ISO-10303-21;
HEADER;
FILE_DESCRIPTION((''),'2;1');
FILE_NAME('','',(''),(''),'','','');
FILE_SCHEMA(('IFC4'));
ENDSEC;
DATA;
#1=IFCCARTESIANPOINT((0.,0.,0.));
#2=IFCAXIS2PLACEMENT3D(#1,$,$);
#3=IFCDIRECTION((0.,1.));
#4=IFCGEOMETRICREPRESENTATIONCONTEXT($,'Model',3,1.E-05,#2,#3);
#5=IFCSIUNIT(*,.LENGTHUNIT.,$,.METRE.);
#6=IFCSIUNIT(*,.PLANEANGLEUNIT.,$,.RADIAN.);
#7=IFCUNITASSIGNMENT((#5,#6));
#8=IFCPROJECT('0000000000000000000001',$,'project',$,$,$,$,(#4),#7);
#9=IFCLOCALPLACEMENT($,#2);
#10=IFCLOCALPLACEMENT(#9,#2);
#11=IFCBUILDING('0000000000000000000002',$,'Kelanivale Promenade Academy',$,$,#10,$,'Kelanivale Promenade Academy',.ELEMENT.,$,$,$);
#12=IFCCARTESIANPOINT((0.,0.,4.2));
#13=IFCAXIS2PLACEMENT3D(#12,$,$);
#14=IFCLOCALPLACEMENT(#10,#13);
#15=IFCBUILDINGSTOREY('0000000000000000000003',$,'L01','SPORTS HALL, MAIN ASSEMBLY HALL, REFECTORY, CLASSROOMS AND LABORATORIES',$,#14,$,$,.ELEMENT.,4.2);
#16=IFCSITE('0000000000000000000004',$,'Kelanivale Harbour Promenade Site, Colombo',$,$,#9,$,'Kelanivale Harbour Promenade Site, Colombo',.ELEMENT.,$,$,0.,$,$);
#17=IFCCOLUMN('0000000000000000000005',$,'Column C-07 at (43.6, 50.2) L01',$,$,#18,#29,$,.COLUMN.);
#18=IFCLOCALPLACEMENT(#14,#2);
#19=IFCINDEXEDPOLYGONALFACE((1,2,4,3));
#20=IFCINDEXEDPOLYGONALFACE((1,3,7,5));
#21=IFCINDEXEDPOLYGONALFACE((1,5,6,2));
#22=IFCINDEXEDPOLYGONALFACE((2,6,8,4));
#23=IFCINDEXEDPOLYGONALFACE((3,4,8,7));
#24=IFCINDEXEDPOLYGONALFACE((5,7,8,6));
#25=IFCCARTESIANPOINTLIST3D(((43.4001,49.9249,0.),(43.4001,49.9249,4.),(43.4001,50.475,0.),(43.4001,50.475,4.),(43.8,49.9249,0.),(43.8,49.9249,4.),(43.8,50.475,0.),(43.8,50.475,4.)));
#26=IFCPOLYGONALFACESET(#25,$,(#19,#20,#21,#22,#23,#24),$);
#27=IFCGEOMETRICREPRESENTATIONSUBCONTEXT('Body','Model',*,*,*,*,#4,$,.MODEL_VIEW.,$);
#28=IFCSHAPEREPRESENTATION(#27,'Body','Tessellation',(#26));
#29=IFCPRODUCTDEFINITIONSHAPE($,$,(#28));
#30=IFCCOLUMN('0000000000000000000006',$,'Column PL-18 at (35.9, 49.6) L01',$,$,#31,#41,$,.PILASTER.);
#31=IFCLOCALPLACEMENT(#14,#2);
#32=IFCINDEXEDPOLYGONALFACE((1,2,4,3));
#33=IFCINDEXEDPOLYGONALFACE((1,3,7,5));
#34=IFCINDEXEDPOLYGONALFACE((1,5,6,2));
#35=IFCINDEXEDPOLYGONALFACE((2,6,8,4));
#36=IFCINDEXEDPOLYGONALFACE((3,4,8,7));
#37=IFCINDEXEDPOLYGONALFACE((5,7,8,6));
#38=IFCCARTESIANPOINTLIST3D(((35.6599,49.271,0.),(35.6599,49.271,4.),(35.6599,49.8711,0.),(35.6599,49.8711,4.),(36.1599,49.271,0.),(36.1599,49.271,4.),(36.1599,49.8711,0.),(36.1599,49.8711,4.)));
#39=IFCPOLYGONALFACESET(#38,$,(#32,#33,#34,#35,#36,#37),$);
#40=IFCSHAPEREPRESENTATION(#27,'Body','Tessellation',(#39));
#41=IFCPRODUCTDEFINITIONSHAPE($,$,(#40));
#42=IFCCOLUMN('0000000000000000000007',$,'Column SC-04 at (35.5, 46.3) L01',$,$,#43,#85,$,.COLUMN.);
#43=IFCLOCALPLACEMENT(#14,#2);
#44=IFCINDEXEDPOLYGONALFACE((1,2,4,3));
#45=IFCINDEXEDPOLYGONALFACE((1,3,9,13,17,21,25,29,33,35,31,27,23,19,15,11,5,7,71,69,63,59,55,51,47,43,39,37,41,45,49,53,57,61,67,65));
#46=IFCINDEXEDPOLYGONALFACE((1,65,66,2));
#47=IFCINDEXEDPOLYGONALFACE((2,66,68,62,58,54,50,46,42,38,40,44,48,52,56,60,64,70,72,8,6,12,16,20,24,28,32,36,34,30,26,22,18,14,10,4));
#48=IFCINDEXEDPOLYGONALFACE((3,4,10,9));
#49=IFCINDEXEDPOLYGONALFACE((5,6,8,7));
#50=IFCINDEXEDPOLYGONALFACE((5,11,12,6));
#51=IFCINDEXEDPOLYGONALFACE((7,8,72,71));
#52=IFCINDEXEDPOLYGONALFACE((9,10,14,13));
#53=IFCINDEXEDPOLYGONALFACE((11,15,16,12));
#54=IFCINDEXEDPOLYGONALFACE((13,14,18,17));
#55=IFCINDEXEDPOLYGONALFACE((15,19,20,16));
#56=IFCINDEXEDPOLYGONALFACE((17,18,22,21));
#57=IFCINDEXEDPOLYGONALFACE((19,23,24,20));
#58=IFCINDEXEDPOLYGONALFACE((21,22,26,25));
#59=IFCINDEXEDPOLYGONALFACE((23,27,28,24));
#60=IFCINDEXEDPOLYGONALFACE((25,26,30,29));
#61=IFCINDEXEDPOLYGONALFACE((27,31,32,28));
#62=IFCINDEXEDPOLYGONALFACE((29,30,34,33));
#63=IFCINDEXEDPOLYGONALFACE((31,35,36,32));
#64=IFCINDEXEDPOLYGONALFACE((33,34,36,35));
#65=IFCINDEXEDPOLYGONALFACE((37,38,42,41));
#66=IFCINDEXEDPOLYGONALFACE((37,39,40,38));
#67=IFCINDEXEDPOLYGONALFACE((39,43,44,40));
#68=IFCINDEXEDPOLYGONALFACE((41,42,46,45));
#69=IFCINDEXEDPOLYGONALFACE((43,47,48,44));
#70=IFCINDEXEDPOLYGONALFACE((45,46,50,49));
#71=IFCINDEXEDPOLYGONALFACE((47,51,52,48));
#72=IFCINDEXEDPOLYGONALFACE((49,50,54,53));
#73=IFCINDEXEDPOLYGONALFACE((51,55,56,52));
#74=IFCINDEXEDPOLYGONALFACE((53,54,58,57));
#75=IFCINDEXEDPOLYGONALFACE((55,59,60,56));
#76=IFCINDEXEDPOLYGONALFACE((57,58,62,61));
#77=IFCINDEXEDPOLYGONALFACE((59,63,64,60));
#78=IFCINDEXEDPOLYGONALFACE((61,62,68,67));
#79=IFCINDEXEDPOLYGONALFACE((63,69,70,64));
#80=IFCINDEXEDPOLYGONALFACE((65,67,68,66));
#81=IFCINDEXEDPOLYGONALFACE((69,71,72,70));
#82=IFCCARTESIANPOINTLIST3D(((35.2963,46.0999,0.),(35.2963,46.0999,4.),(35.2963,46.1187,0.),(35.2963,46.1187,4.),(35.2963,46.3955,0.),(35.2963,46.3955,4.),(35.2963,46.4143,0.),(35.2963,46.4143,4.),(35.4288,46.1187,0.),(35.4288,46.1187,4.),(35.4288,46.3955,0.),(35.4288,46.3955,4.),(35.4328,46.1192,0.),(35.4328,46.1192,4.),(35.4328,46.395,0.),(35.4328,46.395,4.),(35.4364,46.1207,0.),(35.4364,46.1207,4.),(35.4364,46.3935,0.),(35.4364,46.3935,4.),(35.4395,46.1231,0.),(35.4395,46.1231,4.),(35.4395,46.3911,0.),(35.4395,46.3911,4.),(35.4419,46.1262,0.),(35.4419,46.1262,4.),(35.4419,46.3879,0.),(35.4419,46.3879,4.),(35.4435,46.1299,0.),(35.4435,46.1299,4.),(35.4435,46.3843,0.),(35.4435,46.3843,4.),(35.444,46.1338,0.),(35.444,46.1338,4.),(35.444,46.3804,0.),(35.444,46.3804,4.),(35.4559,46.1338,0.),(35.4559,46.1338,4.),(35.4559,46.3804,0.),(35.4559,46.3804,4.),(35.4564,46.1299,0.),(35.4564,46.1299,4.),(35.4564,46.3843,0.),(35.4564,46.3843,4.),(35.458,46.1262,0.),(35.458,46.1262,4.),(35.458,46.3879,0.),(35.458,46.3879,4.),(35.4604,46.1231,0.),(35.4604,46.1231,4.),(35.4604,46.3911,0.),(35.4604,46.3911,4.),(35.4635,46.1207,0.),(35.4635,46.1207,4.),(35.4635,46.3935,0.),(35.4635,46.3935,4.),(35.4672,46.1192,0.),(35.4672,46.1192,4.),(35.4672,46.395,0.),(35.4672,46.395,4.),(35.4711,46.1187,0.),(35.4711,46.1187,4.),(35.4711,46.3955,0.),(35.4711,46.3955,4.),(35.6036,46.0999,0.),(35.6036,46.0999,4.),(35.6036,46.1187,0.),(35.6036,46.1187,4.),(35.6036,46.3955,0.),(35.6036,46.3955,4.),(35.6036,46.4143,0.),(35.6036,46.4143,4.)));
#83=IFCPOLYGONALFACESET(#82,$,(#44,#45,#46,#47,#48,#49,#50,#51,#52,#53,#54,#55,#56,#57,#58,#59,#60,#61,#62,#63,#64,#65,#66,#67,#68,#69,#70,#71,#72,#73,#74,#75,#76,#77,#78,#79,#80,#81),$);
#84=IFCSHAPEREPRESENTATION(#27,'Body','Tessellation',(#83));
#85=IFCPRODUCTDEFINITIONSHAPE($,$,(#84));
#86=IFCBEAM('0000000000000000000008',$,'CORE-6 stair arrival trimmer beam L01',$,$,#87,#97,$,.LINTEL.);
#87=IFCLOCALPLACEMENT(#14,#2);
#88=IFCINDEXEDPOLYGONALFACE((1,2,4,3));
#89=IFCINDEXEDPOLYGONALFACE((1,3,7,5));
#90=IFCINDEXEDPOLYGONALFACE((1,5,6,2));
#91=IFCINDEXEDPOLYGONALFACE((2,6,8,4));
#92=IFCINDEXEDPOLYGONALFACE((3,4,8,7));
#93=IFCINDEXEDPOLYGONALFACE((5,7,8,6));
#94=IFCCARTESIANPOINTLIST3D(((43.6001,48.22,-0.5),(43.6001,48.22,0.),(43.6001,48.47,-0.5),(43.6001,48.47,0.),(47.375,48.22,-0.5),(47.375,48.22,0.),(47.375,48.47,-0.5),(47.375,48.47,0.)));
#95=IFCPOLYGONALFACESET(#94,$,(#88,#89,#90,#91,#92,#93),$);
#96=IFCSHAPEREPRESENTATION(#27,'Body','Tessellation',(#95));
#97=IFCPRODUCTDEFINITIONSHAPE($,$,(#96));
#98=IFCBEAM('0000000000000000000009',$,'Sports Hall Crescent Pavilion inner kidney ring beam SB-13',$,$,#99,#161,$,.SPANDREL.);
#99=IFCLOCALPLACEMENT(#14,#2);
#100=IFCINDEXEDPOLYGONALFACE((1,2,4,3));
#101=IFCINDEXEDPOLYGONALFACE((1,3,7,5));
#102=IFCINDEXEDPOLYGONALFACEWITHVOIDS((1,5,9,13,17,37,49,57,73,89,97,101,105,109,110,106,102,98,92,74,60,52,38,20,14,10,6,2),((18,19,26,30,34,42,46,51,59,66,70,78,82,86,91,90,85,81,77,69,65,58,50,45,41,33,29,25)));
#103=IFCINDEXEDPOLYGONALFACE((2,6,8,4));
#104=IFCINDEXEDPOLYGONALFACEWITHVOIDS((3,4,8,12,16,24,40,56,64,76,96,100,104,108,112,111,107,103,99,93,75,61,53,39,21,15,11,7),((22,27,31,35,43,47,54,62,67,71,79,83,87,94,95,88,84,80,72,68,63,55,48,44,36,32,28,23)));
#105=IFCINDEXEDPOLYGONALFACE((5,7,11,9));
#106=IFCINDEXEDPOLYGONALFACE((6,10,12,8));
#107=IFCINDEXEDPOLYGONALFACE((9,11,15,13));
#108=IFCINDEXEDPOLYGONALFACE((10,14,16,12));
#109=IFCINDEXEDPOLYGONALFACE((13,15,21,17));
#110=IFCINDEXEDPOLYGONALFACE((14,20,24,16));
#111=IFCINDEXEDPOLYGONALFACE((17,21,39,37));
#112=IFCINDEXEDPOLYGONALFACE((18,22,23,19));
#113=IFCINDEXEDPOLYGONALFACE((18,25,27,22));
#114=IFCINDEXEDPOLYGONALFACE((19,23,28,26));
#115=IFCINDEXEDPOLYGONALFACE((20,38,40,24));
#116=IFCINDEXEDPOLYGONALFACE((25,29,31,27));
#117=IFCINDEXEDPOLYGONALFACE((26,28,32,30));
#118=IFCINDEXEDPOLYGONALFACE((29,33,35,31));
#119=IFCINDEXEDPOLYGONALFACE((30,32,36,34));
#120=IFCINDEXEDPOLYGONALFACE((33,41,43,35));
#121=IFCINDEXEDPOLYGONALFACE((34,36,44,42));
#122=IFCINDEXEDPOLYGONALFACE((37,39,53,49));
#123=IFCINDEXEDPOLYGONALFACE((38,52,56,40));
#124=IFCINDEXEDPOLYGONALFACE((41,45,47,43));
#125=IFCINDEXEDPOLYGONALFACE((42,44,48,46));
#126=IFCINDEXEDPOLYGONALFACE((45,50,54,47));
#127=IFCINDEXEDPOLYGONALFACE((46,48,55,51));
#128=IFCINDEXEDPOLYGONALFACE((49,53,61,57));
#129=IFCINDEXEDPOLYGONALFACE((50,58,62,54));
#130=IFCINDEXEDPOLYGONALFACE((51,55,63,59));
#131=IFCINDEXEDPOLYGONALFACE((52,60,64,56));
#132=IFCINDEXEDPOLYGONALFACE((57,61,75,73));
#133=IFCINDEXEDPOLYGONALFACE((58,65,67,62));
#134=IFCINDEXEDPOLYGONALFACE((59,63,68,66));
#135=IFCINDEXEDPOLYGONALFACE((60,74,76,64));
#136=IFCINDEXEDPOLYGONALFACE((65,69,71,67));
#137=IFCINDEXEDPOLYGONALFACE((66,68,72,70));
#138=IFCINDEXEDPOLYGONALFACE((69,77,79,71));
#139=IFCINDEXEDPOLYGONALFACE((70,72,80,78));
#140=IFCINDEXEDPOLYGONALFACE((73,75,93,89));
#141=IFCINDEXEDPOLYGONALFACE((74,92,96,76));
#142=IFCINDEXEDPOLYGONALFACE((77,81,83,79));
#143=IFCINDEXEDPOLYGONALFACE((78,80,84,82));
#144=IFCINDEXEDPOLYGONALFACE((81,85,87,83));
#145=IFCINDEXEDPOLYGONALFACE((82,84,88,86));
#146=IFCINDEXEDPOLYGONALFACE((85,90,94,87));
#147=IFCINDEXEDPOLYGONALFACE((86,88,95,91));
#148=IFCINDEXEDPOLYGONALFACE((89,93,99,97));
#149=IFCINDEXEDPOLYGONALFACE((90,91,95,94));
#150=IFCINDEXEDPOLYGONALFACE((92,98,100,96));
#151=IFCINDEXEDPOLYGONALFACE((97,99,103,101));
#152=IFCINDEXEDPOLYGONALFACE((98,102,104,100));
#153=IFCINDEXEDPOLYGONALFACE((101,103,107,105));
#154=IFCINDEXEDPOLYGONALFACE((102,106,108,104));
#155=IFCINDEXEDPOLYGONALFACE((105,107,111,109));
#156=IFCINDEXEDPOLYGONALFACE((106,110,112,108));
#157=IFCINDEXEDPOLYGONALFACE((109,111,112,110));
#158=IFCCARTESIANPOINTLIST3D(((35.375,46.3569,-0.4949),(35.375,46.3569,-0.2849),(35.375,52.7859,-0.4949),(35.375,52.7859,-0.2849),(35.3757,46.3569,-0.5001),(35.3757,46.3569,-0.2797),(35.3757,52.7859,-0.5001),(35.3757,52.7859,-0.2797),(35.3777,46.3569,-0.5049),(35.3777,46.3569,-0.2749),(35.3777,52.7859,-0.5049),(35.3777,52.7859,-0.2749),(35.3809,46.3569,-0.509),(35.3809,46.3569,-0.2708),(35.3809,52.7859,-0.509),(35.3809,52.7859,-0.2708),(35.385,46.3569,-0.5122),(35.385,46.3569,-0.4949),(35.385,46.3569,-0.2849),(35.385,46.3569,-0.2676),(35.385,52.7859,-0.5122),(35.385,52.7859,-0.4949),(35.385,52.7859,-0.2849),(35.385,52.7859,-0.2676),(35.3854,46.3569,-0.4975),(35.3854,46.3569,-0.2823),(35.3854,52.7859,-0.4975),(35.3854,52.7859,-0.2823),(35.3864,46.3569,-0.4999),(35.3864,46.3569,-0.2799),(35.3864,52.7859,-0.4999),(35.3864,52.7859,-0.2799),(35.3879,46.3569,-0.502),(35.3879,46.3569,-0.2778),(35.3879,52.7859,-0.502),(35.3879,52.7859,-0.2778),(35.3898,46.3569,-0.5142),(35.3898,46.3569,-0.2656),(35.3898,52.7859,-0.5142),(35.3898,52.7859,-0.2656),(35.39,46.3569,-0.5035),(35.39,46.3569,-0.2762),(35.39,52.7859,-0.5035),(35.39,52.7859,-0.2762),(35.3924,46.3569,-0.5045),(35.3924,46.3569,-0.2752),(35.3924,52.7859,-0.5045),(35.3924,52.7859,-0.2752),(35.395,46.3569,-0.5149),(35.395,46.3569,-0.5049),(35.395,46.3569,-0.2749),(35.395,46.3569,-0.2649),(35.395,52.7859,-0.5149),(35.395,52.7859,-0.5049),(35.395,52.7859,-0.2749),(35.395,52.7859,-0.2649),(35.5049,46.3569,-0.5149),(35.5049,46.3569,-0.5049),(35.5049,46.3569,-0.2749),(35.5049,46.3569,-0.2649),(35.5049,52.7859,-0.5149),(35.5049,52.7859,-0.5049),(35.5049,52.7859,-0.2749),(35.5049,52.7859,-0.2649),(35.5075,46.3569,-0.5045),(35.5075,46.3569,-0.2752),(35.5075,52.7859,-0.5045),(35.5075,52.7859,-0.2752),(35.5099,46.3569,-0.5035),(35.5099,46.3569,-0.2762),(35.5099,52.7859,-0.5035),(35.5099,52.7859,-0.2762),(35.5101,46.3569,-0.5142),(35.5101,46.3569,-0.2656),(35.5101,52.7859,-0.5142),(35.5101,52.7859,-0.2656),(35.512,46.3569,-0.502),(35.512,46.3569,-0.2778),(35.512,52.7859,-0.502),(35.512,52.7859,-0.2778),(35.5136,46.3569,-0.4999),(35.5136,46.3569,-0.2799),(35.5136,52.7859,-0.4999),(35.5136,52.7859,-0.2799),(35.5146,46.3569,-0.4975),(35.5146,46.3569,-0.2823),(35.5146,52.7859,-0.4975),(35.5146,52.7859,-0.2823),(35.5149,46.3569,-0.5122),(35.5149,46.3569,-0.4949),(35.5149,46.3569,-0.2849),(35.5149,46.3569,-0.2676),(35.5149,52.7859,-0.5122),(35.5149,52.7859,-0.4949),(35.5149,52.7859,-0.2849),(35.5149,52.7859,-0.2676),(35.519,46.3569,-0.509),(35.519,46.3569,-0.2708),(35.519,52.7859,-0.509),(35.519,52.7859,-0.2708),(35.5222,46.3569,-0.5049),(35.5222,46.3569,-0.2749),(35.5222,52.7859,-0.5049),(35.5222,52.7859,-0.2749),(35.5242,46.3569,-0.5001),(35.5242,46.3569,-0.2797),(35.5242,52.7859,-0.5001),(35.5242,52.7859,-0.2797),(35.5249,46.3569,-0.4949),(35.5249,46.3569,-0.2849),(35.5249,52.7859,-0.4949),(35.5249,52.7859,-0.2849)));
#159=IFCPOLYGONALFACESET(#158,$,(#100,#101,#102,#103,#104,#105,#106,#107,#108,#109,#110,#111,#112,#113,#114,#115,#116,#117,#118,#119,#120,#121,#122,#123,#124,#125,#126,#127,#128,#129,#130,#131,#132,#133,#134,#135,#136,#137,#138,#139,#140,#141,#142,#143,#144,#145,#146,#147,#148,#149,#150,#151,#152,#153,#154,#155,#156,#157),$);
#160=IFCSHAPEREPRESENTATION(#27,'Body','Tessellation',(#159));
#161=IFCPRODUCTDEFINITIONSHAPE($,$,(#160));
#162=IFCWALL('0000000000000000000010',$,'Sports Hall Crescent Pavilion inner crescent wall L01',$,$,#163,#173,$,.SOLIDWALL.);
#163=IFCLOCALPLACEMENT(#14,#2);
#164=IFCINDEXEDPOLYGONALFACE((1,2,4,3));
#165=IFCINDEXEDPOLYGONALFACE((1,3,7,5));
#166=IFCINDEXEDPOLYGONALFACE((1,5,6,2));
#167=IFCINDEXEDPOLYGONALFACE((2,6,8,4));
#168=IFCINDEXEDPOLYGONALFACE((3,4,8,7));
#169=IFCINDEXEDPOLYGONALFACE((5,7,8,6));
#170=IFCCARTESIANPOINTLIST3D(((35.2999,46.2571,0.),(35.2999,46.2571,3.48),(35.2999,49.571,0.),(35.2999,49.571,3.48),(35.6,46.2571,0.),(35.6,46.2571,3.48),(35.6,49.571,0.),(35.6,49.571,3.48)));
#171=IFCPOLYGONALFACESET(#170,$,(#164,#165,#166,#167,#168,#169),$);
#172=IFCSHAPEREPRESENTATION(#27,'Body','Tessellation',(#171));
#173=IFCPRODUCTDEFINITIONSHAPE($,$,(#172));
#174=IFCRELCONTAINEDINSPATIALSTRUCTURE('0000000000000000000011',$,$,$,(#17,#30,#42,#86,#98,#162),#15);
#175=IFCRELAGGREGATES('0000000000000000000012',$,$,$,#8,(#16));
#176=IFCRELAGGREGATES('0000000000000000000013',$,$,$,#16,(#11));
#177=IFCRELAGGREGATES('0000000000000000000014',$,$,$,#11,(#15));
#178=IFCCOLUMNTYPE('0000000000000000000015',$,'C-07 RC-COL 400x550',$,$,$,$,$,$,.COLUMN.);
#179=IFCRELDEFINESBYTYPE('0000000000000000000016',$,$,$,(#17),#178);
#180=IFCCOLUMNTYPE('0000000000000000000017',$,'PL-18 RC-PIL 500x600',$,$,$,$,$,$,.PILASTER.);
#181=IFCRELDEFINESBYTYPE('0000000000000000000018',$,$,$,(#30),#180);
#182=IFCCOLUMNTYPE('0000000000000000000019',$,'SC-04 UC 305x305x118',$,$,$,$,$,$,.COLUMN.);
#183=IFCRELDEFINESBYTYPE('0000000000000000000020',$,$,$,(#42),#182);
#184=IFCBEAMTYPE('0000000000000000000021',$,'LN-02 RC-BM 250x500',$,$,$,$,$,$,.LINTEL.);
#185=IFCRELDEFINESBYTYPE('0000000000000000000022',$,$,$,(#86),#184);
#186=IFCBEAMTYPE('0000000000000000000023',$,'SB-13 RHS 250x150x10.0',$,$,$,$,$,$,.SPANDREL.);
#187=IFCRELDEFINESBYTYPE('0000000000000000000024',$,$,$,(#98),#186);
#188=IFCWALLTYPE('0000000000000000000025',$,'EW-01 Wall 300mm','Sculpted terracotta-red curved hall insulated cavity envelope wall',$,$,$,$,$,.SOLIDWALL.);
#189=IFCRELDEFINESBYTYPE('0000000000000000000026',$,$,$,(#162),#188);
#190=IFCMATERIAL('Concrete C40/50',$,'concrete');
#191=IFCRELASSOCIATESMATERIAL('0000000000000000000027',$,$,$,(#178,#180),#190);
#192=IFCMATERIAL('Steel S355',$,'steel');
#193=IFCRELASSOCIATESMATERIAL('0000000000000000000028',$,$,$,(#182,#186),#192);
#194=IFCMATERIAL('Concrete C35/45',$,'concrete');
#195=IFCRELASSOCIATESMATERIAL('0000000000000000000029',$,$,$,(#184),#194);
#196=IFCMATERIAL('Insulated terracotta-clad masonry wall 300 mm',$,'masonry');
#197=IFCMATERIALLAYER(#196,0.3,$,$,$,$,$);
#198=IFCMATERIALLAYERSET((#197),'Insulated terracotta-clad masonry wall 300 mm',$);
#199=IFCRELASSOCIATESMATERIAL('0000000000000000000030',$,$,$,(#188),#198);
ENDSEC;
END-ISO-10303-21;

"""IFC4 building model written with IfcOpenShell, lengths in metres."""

from ifc_helpers import new_model, si_unit, direction, frame, frame_2d, origin, origin_2d, place, context, subcontext, project, spatial, rectangle, hollow_rectangle, i_section, extrude, material, layer, layer_set, material_profile, profile_set, type_object, element, save


model = new_model("IFC4")

# Units and contexts
model_context = context("Model", 3, precision=1e-05, world=origin(), true_north=direction((0.0, 1.0)))
body_context = subcontext(model_context, "Body", "Model", "MODEL_VIEW")
ifc_project = project(units=[si_unit("LENGTHUNIT", "METRE"), si_unit("PLANEANGLEUNIT", "RADIAN")], contexts=[model_context])

# Site, building, storey
site_placement = place(None, origin())
site = spatial("IfcSite", under=ifc_project, at=site_placement, Name="Kelanivale Harbour Promenade Site, Colombo", LongName="Kelanivale Harbour Promenade Site, Colombo", CompositionType="ELEMENT", RefElevation=0.0)
building_placement = place(site_placement, origin())
building = spatial("IfcBuilding", under=site, at=building_placement, Name="Kelanivale Promenade Academy", LongName="Kelanivale Promenade Academy", CompositionType="ELEMENT")
storey_placement = place(building_placement, frame((0.0, 0.0, 4.2)))
storey = spatial("IfcBuildingStorey", under=building, at=storey_placement, Name="L01", Description="SPORTS HALL, MAIN ASSEMBLY HALL, REFECTORY, CLASSROOMS AND LABORATORIES", CompositionType="ELEMENT", Elevation=4.2)

# Columns
ifc_material_1 = material(Name="Concrete C40/50", Category="concrete")
ifc_material_profile_1 = material_profile(ifc_material_1, rectangle(XDim=0.3999, YDim=0.55, at=origin_2d()), Name="RC-COL 400x550")
ifc_profile_set_1 = profile_set([ifc_material_profile_1], Name="Concrete C40/50")
column_type_1 = type_object("IfcColumnType", Name="C-07 RC-COL 400x550", PredefinedType="COLUMN", material=ifc_profile_set_1)
column_1_placement = place(storey_placement, frame((43.6001, 50.2, 0.0), z_axis=(0.0, 0.0, 1.0), x_axis=(1.0, 0.0, 0.0)))
element("IfcColumn", 1, at=column_1_placement, inside=storey, type_object=column_type_1, Name="Column C-07 at (43.6, 50.2) L01", PredefinedType="COLUMN", context=body_context, shape_type="SweptSolid", body=[
    extrude(rectangle(XDim=0.3999, YDim=0.55, at=origin_2d()), origin(), (0.0, 0.0, 1.0), 4.0),
])
ifc_material_profile_2 = material_profile(ifc_material_1, rectangle(XDim=0.5, YDim=0.6001, at=origin_2d()), Name="RC-PIL 500x600")
ifc_profile_set_2 = profile_set([ifc_material_profile_2], Name="Concrete C40/50")
column_type_2 = type_object("IfcColumnType", Name="PL-18 RC-PIL 500x600", PredefinedType="PILASTER", material=ifc_profile_set_2)
column_2_placement = place(storey_placement, frame((35.9099, 49.571, 0.0), z_axis=(0.0, 0.0, 1.0), x_axis=(1.0, 0.0, 0.0)))
element("IfcColumn", 2, at=column_2_placement, inside=storey, type_object=column_type_2, Name="Column PL-18 at (35.9, 49.6) L01", PredefinedType="PILASTER", context=body_context, shape_type="SweptSolid", body=[
    extrude(rectangle(XDim=0.5, YDim=0.6001, at=origin_2d()), origin(), (0.0, 0.0, 1.0), 4.0),
])
ifc_material_2 = material(Name="Steel S355", Category="steel")
ifc_material_profile_3 = material_profile(ifc_material_2, i_section(OverallWidth=0.3074, OverallDepth=0.3145, WebThickness=0.012, FlangeThickness=0.0188, FilletRadius=0.0151, at=origin_2d()), Name="UC 305x305x118")
ifc_profile_set_3 = profile_set([ifc_material_profile_3], Name="Steel S355")
column_type_3 = type_object("IfcColumnType", Name="SC-04 UC 305x305x118", PredefinedType="COLUMN", material=ifc_profile_set_3)
column_3_placement = place(storey_placement, frame((35.45, 46.2571, 0.0), z_axis=(0.0, 0.0, 1.0), x_axis=(1.0, 0.0, 0.0)))
element("IfcColumn", 3, at=column_3_placement, inside=storey, type_object=column_type_3, Name="Column SC-04 at (35.5, 46.3) L01", PredefinedType="COLUMN", context=body_context, shape_type="SweptSolid", body=[
    extrude(i_section(OverallWidth=0.3074, OverallDepth=0.3145, WebThickness=0.012, FlangeThickness=0.0188, FilletRadius=0.0151, at=origin_2d()), origin(), (0.0, 0.0, 1.0), 4.0),
])

# Beams
ifc_material_3 = material(Name="Concrete C35/45", Category="concrete")
ifc_material_profile_4 = material_profile(ifc_material_3, rectangle(XDim=0.25, YDim=0.5, at=origin_2d()), Name="RC-BM 250x500")
ifc_profile_set_4 = profile_set([ifc_material_profile_4], Name="Concrete C35/45")
beam_type_1 = type_object("IfcBeamType", Name="LN-02 RC-BM 250x500", PredefinedType="LINTEL", material=ifc_profile_set_4)
beam_1_placement = place(storey_placement, frame((43.6001, 48.345, -0.25), z_axis=(1.0, 0.0, 0.0), x_axis=(0.0, 1.0, 0.0)))
element("IfcBeam", 4, at=beam_1_placement, inside=storey, type_object=beam_type_1, Name="CORE-6 stair arrival trimmer beam L01", PredefinedType="LINTEL", context=body_context, shape_type="SweptSolid", body=[
    extrude(rectangle(XDim=0.25, YDim=0.5, at=origin_2d()), origin(), (0.0, 0.0, 1.0), 3.7749),
])
ifc_material_profile_5 = material_profile(ifc_material_2, hollow_rectangle(XDim=0.1499, YDim=0.25, WallThickness=0.01, InnerFilletRadius=0.01, OuterFilletRadius=0.02, at=origin_2d()), Name="RHS 250x150x10.0")
ifc_profile_set_5 = profile_set([ifc_material_profile_5], Name="Steel S355")
beam_type_2 = type_object("IfcBeamType", Name="SB-13 RHS 250x150x10.0", PredefinedType="SPANDREL", material=ifc_profile_set_5)
beam_2_placement = place(storey_placement, frame((35.45, 46.3569, -0.3899), z_axis=(0.0, 1.0, 0.0), x_axis=(-1.0, 0.0, 0.0)))
element("IfcBeam", 5, at=beam_2_placement, inside=storey, type_object=beam_type_2, Name="Sports Hall Crescent Pavilion inner kidney ring beam SB-13", PredefinedType="SPANDREL", context=body_context, shape_type="SweptSolid", body=[
    extrude(hollow_rectangle(XDim=0.1499, YDim=0.25, WallThickness=0.01, InnerFilletRadius=0.01, OuterFilletRadius=0.02, at=origin_2d()), origin(), (0.0, 0.0, 1.0), 6.429),
])

# Wall
ifc_material_4 = material(Name="Insulated terracotta-clad masonry wall 300 mm", Category="masonry")
ifc_layer_1 = layer(ifc_material_4, 0.3)
ifc_layer_set_1 = layer_set([ifc_layer_1], Name="Insulated terracotta-clad masonry wall 300 mm")
wall_type_1 = type_object("IfcWallType", Name="EW-01 Wall 300mm", Description="Sculpted terracotta-red curved hall insulated cavity envelope wall", PredefinedType="SOLIDWALL", material=ifc_layer_set_1)
wall_1_placement = place(storey_placement, frame((35.45, 46.2571, 0.0), z_axis=(0.0, 0.0, 1.0), x_axis=(0.0, 1.0, 0.0)))
element("IfcWall", 6, at=wall_1_placement, inside=storey, type_object=wall_type_1, Name="Sports Hall Crescent Pavilion inner crescent wall L01", PredefinedType="SOLIDWALL", context=body_context, shape_type="SweptSolid", body=[
    extrude(rectangle(XDim=3.314, YDim=0.3, at=frame_2d((1.657, 0.0))), origin(), (0.0, 0.0, 1.0), 3.48),
])

save(model, "model.ifc")
